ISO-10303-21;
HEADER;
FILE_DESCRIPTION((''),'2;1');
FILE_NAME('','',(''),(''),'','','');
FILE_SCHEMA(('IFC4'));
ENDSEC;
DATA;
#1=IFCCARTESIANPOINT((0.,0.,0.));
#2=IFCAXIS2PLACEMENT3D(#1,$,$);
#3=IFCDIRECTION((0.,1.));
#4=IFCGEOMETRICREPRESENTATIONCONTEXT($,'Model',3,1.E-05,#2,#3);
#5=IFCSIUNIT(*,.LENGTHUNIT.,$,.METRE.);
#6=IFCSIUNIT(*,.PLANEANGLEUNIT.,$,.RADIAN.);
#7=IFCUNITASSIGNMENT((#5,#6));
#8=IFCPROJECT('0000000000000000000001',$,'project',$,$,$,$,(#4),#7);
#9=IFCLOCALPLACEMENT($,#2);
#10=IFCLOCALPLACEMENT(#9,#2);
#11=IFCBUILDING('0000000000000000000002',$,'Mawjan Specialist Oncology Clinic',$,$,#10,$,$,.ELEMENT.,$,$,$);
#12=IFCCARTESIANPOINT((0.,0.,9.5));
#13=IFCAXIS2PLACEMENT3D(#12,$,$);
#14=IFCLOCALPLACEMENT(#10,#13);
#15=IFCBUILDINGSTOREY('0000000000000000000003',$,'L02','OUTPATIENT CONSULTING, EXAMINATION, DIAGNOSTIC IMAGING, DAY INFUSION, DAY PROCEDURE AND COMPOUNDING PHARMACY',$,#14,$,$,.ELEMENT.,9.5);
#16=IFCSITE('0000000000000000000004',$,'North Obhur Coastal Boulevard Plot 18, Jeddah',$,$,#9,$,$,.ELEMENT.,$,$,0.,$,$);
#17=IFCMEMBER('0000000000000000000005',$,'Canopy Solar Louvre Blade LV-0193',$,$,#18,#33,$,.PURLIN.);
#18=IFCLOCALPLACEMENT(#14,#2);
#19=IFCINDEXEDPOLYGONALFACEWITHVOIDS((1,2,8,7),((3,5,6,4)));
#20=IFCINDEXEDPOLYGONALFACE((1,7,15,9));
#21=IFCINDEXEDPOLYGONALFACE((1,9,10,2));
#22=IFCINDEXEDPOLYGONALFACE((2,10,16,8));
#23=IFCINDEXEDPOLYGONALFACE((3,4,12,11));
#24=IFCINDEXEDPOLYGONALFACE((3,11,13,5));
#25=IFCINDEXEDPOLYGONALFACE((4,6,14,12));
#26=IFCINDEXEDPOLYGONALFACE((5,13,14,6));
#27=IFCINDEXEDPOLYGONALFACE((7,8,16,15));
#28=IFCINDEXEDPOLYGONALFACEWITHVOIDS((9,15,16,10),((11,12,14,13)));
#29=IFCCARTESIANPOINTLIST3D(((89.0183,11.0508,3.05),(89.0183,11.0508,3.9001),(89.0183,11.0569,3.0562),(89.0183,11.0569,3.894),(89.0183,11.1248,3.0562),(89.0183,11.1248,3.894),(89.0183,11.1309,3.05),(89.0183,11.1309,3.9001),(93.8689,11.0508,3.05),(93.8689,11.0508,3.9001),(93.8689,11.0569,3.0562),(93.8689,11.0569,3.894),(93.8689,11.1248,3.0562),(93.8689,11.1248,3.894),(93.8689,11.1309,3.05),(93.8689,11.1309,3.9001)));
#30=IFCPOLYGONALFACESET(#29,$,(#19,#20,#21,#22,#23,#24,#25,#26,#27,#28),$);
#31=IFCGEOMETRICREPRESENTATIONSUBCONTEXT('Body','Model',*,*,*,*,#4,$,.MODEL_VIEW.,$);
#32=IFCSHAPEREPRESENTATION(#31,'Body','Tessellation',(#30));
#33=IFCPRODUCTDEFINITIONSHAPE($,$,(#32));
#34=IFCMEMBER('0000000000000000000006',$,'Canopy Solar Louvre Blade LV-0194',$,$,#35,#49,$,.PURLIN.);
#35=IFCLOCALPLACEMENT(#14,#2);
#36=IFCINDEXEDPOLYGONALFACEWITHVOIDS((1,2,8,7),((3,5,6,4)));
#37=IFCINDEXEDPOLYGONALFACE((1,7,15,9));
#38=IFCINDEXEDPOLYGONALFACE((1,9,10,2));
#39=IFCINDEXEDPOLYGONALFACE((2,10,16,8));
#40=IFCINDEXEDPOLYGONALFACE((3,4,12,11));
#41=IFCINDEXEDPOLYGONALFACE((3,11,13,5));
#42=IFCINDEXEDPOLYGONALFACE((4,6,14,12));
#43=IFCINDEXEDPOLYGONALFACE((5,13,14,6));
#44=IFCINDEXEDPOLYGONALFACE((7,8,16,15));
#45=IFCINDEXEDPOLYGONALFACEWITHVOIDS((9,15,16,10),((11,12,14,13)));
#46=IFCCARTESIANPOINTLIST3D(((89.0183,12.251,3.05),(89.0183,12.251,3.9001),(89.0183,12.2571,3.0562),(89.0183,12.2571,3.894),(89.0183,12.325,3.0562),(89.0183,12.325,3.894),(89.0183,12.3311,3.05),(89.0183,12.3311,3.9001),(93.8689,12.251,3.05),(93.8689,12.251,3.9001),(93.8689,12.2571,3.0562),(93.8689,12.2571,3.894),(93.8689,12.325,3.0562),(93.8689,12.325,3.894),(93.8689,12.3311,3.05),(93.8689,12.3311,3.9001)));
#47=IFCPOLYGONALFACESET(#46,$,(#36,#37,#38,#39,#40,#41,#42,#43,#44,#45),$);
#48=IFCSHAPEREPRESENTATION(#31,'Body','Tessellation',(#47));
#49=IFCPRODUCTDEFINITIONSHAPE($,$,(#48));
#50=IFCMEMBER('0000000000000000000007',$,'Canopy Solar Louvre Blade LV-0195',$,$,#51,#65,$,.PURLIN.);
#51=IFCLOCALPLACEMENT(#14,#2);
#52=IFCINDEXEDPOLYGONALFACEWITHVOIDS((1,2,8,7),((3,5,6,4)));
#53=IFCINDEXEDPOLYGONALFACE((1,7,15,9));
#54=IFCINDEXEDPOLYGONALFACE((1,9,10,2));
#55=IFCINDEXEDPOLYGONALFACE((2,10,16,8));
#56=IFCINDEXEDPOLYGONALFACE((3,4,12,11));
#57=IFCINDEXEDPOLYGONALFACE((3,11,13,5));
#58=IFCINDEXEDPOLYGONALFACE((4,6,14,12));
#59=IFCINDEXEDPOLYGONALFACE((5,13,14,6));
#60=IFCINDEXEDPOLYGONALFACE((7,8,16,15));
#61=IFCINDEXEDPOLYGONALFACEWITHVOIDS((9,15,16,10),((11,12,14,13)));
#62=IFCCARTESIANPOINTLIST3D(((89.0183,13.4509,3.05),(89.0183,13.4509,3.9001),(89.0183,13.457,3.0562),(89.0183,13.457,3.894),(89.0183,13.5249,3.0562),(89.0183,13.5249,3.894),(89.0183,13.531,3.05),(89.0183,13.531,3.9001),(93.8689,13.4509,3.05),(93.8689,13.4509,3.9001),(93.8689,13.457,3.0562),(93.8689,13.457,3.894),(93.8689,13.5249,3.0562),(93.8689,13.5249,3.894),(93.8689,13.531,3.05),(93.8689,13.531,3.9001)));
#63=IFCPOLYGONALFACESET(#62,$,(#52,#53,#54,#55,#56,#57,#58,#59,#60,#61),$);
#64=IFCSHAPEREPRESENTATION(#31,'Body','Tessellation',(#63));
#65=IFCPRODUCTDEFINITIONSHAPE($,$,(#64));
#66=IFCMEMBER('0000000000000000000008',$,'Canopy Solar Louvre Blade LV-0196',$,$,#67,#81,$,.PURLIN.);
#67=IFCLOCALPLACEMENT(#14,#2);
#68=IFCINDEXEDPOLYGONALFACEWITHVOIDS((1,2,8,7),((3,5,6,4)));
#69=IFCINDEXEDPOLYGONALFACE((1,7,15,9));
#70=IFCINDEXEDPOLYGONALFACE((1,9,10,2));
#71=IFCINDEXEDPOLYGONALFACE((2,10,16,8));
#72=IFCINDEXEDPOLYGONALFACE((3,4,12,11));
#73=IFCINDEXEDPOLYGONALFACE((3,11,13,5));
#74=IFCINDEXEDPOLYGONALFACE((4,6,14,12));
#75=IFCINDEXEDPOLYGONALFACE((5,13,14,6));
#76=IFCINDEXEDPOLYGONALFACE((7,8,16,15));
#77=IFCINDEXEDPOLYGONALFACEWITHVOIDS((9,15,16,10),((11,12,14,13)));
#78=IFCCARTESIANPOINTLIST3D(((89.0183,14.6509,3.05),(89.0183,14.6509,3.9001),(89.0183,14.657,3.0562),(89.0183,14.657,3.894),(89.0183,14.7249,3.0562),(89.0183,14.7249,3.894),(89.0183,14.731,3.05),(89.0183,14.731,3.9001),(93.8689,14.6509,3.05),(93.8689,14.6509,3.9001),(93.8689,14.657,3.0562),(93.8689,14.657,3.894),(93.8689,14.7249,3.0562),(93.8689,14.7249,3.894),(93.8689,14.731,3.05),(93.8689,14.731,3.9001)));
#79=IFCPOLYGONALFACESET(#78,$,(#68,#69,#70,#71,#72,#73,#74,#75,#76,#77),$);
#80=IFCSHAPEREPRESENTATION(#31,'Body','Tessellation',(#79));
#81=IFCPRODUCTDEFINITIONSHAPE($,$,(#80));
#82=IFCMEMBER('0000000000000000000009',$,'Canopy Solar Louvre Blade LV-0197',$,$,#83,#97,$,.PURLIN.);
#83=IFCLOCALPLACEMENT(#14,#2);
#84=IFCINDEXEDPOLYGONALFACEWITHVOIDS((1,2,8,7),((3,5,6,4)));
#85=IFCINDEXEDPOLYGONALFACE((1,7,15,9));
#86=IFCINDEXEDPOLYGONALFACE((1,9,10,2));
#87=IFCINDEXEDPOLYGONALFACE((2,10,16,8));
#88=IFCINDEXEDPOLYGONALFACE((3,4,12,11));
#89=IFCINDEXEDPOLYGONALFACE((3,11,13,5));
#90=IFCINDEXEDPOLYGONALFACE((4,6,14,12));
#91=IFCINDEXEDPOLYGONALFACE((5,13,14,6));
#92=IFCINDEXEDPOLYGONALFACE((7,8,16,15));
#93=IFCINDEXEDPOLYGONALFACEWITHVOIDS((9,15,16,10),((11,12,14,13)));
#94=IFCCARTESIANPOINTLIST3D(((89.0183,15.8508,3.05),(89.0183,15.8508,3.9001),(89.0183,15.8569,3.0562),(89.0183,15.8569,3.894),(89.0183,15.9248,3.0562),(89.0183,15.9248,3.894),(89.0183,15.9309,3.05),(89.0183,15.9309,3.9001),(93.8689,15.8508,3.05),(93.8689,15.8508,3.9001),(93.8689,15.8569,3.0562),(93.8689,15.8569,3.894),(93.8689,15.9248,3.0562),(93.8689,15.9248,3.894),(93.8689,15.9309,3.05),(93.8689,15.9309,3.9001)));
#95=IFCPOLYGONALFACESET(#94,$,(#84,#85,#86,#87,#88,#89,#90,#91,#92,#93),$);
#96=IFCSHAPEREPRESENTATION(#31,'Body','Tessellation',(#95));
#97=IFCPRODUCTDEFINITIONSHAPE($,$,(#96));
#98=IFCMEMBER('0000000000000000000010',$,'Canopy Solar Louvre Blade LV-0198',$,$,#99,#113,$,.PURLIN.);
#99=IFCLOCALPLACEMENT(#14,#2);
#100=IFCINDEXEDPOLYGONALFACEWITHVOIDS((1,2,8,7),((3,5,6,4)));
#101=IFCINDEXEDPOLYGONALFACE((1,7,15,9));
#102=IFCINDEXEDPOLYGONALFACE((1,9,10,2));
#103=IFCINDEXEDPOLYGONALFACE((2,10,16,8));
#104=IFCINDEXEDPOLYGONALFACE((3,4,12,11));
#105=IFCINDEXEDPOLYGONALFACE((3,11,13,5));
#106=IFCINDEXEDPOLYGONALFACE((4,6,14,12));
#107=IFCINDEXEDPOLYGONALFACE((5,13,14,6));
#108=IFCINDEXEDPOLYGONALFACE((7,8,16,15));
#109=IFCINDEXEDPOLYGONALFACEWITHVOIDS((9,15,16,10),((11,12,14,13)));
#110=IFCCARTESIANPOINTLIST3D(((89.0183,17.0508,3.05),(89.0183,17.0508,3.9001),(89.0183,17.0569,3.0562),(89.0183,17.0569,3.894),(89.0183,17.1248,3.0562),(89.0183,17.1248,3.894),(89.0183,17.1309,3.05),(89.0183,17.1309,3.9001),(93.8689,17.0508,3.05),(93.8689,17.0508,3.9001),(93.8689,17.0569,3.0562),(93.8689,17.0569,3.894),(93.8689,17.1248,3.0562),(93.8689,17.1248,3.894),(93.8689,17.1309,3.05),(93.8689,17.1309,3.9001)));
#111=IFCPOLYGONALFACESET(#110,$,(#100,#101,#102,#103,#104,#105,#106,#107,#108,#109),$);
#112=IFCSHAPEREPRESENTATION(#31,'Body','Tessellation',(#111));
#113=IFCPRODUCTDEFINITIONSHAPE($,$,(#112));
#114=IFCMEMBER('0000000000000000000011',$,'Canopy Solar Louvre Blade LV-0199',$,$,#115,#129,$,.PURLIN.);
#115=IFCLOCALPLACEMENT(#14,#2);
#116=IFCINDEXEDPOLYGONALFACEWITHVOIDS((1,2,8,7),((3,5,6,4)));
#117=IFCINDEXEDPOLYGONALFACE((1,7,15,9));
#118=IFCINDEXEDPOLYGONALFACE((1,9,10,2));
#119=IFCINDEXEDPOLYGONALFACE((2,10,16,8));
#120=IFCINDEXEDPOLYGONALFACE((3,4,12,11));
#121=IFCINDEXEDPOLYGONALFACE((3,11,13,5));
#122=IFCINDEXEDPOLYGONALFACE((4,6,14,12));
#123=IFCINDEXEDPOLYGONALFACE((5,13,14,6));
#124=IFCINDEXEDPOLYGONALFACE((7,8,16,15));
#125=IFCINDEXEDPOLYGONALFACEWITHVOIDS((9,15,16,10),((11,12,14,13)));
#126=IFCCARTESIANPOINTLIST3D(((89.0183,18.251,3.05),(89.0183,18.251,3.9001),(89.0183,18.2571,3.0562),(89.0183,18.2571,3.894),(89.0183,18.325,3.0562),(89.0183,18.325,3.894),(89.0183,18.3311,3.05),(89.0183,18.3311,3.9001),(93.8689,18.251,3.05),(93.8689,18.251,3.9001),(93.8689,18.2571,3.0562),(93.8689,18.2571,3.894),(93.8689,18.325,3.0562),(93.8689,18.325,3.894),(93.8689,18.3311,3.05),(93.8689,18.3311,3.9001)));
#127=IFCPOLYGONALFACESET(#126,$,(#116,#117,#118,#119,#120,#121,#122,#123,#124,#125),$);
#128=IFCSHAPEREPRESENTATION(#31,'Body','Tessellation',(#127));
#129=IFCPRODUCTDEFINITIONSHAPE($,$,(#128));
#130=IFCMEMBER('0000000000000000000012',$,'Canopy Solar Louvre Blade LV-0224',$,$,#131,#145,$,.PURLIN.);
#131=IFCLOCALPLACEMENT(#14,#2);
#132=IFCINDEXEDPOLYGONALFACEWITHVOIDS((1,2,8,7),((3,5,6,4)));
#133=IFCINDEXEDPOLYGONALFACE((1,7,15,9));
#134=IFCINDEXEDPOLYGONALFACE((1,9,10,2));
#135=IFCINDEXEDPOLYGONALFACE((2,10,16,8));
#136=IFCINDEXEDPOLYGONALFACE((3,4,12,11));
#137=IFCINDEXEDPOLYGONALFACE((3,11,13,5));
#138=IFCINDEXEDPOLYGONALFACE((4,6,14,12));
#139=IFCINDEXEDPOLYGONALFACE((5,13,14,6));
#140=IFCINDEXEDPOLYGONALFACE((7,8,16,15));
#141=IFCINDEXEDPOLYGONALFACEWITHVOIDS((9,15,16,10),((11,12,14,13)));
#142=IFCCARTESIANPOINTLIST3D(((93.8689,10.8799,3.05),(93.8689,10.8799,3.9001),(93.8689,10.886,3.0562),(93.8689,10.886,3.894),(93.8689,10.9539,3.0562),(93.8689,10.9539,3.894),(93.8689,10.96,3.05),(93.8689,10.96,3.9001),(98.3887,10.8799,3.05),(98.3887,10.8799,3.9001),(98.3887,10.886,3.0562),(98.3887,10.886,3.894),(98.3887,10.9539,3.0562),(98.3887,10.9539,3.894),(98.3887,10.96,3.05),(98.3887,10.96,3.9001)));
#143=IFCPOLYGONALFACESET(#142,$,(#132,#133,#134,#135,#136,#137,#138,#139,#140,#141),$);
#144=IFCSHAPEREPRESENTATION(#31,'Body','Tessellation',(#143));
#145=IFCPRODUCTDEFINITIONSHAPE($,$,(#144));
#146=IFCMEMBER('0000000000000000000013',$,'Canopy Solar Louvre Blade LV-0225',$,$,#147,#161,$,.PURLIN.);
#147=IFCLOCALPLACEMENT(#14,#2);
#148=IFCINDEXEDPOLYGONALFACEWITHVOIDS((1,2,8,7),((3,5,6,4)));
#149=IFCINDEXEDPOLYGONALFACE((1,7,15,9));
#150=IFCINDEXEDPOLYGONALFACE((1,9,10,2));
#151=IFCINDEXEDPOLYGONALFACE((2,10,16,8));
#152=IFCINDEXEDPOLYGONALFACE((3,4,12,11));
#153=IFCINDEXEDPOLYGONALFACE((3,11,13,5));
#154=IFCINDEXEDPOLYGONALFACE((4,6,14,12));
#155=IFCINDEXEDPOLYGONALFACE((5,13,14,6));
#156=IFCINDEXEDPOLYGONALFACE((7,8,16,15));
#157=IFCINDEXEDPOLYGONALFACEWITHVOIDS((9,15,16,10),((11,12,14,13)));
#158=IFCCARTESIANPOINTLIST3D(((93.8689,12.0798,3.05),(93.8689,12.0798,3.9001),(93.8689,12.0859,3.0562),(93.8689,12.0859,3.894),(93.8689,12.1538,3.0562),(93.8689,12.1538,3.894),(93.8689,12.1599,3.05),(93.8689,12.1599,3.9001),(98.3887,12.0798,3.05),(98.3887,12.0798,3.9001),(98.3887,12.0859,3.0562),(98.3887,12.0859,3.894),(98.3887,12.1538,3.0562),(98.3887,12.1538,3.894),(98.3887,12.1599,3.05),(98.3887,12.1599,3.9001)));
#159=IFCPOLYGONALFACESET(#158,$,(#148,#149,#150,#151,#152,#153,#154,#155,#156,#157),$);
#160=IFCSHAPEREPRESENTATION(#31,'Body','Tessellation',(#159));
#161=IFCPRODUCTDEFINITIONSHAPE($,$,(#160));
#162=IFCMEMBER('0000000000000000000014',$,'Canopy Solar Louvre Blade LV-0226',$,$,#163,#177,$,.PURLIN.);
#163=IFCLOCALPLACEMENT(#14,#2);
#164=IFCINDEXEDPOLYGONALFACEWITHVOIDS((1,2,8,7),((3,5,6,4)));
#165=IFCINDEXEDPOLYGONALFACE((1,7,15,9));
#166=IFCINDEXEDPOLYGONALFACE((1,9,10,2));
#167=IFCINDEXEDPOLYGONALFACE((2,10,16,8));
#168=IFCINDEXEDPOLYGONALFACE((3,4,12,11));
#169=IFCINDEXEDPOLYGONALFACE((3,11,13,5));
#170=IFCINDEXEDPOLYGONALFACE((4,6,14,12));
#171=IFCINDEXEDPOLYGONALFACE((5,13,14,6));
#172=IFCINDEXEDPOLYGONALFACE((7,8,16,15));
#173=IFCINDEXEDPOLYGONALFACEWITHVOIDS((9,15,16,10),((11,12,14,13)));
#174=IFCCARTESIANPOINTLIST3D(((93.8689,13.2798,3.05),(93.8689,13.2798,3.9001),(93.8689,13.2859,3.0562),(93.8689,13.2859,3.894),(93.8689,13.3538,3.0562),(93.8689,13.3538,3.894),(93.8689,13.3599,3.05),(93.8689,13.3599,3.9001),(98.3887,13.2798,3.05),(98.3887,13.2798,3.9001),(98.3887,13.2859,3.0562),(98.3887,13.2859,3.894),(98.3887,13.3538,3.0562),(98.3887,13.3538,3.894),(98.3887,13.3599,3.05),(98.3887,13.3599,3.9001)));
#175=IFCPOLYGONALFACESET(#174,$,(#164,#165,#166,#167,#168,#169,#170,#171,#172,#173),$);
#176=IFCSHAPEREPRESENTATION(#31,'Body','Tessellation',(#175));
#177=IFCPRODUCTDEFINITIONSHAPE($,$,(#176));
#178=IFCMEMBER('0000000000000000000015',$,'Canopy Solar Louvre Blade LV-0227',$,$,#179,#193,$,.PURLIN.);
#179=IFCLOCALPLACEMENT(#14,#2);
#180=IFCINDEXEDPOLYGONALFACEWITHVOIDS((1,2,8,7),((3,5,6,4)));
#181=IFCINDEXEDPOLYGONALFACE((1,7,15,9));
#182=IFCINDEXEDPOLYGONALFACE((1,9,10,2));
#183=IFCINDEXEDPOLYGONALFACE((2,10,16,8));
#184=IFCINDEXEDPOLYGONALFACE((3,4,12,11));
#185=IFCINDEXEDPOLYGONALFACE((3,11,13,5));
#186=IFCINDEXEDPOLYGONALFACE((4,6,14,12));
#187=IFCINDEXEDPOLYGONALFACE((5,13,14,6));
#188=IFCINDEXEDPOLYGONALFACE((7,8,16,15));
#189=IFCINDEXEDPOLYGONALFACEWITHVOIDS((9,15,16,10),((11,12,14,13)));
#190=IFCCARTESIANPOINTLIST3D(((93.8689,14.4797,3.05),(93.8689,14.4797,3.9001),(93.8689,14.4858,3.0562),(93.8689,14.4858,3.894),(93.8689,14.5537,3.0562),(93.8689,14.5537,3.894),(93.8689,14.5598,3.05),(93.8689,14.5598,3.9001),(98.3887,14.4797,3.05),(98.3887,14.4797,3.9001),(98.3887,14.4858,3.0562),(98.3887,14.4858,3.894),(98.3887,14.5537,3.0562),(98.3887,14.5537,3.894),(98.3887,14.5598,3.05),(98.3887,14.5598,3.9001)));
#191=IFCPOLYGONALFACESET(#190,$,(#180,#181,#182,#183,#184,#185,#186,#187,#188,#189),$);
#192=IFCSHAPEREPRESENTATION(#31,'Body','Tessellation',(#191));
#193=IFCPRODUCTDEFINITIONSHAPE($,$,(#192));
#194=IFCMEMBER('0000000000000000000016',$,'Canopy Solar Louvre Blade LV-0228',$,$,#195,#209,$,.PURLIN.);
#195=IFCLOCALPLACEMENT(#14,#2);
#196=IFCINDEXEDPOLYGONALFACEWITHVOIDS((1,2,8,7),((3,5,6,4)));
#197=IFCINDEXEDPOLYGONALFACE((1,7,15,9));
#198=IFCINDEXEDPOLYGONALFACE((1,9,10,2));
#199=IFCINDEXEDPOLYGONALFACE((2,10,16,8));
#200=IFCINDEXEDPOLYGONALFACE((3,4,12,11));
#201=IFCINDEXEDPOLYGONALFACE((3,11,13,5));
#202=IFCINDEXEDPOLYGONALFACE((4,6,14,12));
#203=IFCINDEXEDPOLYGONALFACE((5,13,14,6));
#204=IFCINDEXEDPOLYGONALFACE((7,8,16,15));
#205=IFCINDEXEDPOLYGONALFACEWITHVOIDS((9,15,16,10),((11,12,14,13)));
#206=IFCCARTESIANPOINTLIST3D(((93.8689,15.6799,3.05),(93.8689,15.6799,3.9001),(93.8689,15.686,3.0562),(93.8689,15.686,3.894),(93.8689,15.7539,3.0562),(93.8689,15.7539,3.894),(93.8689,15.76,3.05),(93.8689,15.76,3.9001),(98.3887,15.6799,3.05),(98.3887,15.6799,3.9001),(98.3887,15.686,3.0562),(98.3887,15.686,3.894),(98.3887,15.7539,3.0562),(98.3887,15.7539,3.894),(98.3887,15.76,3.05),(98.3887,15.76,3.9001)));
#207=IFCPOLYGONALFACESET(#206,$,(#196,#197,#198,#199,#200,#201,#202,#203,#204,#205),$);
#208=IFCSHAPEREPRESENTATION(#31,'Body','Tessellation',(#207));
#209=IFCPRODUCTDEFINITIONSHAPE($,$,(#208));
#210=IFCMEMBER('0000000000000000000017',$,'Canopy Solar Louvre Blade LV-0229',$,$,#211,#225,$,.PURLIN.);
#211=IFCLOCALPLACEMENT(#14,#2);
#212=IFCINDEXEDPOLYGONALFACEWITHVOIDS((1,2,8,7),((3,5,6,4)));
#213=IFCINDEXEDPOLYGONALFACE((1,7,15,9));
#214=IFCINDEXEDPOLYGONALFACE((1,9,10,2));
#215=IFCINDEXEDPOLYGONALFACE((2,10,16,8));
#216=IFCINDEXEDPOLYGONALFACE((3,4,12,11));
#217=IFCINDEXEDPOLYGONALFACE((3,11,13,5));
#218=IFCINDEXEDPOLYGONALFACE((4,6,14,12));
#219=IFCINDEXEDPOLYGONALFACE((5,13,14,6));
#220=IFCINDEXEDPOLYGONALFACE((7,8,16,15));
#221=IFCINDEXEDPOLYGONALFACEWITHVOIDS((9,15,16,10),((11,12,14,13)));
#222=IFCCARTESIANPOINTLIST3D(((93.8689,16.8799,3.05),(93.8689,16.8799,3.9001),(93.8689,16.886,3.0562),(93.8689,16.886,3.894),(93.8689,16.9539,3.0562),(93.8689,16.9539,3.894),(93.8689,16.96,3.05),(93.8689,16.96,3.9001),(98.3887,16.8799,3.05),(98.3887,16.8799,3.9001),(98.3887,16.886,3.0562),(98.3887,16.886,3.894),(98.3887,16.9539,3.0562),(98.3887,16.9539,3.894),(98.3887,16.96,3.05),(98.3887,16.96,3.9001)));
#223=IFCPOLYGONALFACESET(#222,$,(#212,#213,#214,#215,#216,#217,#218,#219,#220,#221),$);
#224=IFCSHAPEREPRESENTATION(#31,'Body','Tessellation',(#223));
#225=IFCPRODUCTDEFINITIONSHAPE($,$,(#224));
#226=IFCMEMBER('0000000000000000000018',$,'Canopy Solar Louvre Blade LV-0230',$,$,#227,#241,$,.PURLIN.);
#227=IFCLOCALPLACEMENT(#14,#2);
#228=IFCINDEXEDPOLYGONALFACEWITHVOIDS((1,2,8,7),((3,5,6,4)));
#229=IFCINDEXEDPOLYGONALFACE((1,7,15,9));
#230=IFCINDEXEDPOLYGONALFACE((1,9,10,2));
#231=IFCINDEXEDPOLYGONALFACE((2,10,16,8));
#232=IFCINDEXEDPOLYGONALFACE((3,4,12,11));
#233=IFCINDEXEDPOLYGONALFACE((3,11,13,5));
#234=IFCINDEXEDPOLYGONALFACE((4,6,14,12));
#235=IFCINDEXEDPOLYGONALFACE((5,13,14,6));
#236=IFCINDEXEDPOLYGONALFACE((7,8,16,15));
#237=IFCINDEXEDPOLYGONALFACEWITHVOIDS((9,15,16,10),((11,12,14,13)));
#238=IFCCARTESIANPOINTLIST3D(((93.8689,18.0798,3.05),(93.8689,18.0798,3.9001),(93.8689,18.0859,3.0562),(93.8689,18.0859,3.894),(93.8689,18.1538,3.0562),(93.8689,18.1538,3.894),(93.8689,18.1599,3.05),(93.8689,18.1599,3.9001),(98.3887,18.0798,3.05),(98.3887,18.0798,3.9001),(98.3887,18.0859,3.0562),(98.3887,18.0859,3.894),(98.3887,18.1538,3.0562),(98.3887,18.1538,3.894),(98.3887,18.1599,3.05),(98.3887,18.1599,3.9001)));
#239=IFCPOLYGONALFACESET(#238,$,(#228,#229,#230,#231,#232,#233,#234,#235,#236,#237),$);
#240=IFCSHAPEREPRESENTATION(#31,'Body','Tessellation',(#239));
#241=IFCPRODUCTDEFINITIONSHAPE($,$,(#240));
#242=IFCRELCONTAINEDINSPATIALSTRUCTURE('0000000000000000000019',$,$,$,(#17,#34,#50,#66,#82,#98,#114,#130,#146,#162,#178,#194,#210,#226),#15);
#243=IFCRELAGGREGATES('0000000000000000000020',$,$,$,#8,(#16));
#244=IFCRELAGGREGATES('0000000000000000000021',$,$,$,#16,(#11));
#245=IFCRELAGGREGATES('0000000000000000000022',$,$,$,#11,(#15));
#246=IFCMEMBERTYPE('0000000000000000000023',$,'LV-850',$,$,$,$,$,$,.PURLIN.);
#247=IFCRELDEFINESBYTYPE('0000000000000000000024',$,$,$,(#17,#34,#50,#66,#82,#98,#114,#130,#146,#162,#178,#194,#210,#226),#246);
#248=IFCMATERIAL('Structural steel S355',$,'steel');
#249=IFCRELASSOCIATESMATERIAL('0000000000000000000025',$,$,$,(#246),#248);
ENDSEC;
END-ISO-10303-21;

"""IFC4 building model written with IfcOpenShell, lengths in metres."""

from ifc_helpers import new_model, si_unit, direction, frame, origin, origin_2d, place, context, subcontext, project, spatial, hollow_rectangle, extrude, material, material_profile, profile_set, type_object, element, save


model = new_model("IFC4")

# Units and contexts
model_context = context("Model", 3, precision=1e-05, world=origin(), true_north=direction((0.0, 1.0)))
body_context = subcontext(model_context, "Body", "Model", "MODEL_VIEW")
ifc_project = project(units=[si_unit("LENGTHUNIT", "METRE"), si_unit("PLANEANGLEUNIT", "RADIAN")], contexts=[model_context])

# Site, building, storey
site_placement = place(None, origin())
site = spatial("IfcSite", under=ifc_project, at=site_placement, Name="North Obhur Coastal Boulevard Plot 18, Jeddah", CompositionType="ELEMENT", RefElevation=0.0)
building_placement = place(site_placement, origin())
building = spatial("IfcBuilding", under=site, at=building_placement, Name="Mawjan Specialist Oncology Clinic", CompositionType="ELEMENT")
storey_placement = place(building_placement, frame((0.0, 0.0, 9.5)))
storey = spatial("IfcBuildingStorey", under=building, at=storey_placement, Name="L02", Description="OUTPATIENT CONSULTING, EXAMINATION, DIAGNOSTIC IMAGING, DAY INFUSION, DAY PROCEDURE AND COMPOUNDING PHARMACY", CompositionType="ELEMENT", Elevation=9.5)

# Members
ifc_material_1 = material(Name="Structural steel S355", Category="steel")
ifc_material_profile = material_profile(ifc_material_1, hollow_rectangle(XDim=0.0801, YDim=0.8501, WallThickness=0.0061, at=origin_2d()), Name="LOUVRE 850x80x6", Category="steel")
ifc_profile_set = profile_set([ifc_material_profile], Name="Structural steel S355")
member_type = type_object("IfcMemberType", Name="LV-850", PredefinedType="PURLIN", material=ifc_profile_set)
for number, where, z_axis, x_axis, name in (
    (1, (89.0183, 11.0908, 3.4751), (1.0, 0.0, 0.0), (0.0, 1.0, 0.0), "Canopy Solar Louvre Blade LV-0193"),
    (2, (89.0183, 12.291, 3.4751), (1.0, 0.0, 0.0), (0.0, 1.0, 0.0), "Canopy Solar Louvre Blade LV-0194"),
    (3, (89.0183, 13.491, 3.4751), (1.0, 0.0, 0.0), (0.0, 1.0, 0.0), "Canopy Solar Louvre Blade LV-0195"),
    (4, (89.0183, 14.6909, 3.4751), (1.0, 0.0, 0.0), (0.0, 1.0, 0.0), "Canopy Solar Louvre Blade LV-0196"),
    (5, (89.0183, 15.8909, 3.4751), (1.0, 0.0, 0.0), (0.0, 1.0, 0.0), "Canopy Solar Louvre Blade LV-0197"),
    (6, (89.0183, 17.0908, 3.4751), (1.0, 0.0, 0.0), (0.0, 1.0, 0.0), "Canopy Solar Louvre Blade LV-0198"),
    (7, (89.0183, 18.291, 3.4751), (1.0, 0.0, 0.0), (0.0, 1.0, 0.0), "Canopy Solar Louvre Blade LV-0199"),
):
    element("IfcMember", number, at=place(storey_placement, frame(where, z_axis=z_axis, x_axis=x_axis)), inside=storey, type_object=member_type, Name=name, PredefinedType="PURLIN", context=body_context, shape_type="SweptSolid", body=[
        extrude(hollow_rectangle(XDim=0.0801, YDim=0.8501, WallThickness=0.0061, at=origin_2d()), origin(), (0.0, 0.0, 1.0), 4.8506),
    ])
for number, where, z_axis, x_axis, name in (
    (8, (93.8689, 10.9199, 3.4751), (1.0, 0.0, 0.0), (0.0, 1.0, 0.0), "Canopy Solar Louvre Blade LV-0224"),
    (9, (93.8689, 12.1199, 3.4751), (1.0, 0.0, 0.0), (0.0, 1.0, 0.0), "Canopy Solar Louvre Blade LV-0225"),
    (10, (93.8689, 13.3198, 3.4751), (1.0, 0.0, 0.0), (0.0, 1.0, 0.0), "Canopy Solar Louvre Blade LV-0226"),
    (11, (93.8689, 14.5198, 3.4751), (1.0, 0.0, 0.0), (0.0, 1.0, 0.0), "Canopy Solar Louvre Blade LV-0227"),
    (12, (93.8689, 15.72, 3.4751), (1.0, 0.0, 0.0), (0.0, 1.0, 0.0), "Canopy Solar Louvre Blade LV-0228"),
    (13, (93.8689, 16.9199, 3.4751), (1.0, 0.0, 0.0), (0.0, 1.0, 0.0), "Canopy Solar Louvre Blade LV-0229"),
    (14, (93.8689, 18.1199, 3.4751), (1.0, 0.0, 0.0), (0.0, 1.0, 0.0), "Canopy Solar Louvre Blade LV-0230"),
):
    element("IfcMember", number, at=place(storey_placement, frame(where, z_axis=z_axis, x_axis=x_axis)), inside=storey, type_object=member_type, Name=name, PredefinedType="PURLIN", context=body_context, shape_type="SweptSolid", body=[
        extrude(hollow_rectangle(XDim=0.0801, YDim=0.8501, WallThickness=0.0061, at=origin_2d()), origin(), (0.0, 0.0, 1.0), 4.5198),
    ])

save(model, "model.ifc")
